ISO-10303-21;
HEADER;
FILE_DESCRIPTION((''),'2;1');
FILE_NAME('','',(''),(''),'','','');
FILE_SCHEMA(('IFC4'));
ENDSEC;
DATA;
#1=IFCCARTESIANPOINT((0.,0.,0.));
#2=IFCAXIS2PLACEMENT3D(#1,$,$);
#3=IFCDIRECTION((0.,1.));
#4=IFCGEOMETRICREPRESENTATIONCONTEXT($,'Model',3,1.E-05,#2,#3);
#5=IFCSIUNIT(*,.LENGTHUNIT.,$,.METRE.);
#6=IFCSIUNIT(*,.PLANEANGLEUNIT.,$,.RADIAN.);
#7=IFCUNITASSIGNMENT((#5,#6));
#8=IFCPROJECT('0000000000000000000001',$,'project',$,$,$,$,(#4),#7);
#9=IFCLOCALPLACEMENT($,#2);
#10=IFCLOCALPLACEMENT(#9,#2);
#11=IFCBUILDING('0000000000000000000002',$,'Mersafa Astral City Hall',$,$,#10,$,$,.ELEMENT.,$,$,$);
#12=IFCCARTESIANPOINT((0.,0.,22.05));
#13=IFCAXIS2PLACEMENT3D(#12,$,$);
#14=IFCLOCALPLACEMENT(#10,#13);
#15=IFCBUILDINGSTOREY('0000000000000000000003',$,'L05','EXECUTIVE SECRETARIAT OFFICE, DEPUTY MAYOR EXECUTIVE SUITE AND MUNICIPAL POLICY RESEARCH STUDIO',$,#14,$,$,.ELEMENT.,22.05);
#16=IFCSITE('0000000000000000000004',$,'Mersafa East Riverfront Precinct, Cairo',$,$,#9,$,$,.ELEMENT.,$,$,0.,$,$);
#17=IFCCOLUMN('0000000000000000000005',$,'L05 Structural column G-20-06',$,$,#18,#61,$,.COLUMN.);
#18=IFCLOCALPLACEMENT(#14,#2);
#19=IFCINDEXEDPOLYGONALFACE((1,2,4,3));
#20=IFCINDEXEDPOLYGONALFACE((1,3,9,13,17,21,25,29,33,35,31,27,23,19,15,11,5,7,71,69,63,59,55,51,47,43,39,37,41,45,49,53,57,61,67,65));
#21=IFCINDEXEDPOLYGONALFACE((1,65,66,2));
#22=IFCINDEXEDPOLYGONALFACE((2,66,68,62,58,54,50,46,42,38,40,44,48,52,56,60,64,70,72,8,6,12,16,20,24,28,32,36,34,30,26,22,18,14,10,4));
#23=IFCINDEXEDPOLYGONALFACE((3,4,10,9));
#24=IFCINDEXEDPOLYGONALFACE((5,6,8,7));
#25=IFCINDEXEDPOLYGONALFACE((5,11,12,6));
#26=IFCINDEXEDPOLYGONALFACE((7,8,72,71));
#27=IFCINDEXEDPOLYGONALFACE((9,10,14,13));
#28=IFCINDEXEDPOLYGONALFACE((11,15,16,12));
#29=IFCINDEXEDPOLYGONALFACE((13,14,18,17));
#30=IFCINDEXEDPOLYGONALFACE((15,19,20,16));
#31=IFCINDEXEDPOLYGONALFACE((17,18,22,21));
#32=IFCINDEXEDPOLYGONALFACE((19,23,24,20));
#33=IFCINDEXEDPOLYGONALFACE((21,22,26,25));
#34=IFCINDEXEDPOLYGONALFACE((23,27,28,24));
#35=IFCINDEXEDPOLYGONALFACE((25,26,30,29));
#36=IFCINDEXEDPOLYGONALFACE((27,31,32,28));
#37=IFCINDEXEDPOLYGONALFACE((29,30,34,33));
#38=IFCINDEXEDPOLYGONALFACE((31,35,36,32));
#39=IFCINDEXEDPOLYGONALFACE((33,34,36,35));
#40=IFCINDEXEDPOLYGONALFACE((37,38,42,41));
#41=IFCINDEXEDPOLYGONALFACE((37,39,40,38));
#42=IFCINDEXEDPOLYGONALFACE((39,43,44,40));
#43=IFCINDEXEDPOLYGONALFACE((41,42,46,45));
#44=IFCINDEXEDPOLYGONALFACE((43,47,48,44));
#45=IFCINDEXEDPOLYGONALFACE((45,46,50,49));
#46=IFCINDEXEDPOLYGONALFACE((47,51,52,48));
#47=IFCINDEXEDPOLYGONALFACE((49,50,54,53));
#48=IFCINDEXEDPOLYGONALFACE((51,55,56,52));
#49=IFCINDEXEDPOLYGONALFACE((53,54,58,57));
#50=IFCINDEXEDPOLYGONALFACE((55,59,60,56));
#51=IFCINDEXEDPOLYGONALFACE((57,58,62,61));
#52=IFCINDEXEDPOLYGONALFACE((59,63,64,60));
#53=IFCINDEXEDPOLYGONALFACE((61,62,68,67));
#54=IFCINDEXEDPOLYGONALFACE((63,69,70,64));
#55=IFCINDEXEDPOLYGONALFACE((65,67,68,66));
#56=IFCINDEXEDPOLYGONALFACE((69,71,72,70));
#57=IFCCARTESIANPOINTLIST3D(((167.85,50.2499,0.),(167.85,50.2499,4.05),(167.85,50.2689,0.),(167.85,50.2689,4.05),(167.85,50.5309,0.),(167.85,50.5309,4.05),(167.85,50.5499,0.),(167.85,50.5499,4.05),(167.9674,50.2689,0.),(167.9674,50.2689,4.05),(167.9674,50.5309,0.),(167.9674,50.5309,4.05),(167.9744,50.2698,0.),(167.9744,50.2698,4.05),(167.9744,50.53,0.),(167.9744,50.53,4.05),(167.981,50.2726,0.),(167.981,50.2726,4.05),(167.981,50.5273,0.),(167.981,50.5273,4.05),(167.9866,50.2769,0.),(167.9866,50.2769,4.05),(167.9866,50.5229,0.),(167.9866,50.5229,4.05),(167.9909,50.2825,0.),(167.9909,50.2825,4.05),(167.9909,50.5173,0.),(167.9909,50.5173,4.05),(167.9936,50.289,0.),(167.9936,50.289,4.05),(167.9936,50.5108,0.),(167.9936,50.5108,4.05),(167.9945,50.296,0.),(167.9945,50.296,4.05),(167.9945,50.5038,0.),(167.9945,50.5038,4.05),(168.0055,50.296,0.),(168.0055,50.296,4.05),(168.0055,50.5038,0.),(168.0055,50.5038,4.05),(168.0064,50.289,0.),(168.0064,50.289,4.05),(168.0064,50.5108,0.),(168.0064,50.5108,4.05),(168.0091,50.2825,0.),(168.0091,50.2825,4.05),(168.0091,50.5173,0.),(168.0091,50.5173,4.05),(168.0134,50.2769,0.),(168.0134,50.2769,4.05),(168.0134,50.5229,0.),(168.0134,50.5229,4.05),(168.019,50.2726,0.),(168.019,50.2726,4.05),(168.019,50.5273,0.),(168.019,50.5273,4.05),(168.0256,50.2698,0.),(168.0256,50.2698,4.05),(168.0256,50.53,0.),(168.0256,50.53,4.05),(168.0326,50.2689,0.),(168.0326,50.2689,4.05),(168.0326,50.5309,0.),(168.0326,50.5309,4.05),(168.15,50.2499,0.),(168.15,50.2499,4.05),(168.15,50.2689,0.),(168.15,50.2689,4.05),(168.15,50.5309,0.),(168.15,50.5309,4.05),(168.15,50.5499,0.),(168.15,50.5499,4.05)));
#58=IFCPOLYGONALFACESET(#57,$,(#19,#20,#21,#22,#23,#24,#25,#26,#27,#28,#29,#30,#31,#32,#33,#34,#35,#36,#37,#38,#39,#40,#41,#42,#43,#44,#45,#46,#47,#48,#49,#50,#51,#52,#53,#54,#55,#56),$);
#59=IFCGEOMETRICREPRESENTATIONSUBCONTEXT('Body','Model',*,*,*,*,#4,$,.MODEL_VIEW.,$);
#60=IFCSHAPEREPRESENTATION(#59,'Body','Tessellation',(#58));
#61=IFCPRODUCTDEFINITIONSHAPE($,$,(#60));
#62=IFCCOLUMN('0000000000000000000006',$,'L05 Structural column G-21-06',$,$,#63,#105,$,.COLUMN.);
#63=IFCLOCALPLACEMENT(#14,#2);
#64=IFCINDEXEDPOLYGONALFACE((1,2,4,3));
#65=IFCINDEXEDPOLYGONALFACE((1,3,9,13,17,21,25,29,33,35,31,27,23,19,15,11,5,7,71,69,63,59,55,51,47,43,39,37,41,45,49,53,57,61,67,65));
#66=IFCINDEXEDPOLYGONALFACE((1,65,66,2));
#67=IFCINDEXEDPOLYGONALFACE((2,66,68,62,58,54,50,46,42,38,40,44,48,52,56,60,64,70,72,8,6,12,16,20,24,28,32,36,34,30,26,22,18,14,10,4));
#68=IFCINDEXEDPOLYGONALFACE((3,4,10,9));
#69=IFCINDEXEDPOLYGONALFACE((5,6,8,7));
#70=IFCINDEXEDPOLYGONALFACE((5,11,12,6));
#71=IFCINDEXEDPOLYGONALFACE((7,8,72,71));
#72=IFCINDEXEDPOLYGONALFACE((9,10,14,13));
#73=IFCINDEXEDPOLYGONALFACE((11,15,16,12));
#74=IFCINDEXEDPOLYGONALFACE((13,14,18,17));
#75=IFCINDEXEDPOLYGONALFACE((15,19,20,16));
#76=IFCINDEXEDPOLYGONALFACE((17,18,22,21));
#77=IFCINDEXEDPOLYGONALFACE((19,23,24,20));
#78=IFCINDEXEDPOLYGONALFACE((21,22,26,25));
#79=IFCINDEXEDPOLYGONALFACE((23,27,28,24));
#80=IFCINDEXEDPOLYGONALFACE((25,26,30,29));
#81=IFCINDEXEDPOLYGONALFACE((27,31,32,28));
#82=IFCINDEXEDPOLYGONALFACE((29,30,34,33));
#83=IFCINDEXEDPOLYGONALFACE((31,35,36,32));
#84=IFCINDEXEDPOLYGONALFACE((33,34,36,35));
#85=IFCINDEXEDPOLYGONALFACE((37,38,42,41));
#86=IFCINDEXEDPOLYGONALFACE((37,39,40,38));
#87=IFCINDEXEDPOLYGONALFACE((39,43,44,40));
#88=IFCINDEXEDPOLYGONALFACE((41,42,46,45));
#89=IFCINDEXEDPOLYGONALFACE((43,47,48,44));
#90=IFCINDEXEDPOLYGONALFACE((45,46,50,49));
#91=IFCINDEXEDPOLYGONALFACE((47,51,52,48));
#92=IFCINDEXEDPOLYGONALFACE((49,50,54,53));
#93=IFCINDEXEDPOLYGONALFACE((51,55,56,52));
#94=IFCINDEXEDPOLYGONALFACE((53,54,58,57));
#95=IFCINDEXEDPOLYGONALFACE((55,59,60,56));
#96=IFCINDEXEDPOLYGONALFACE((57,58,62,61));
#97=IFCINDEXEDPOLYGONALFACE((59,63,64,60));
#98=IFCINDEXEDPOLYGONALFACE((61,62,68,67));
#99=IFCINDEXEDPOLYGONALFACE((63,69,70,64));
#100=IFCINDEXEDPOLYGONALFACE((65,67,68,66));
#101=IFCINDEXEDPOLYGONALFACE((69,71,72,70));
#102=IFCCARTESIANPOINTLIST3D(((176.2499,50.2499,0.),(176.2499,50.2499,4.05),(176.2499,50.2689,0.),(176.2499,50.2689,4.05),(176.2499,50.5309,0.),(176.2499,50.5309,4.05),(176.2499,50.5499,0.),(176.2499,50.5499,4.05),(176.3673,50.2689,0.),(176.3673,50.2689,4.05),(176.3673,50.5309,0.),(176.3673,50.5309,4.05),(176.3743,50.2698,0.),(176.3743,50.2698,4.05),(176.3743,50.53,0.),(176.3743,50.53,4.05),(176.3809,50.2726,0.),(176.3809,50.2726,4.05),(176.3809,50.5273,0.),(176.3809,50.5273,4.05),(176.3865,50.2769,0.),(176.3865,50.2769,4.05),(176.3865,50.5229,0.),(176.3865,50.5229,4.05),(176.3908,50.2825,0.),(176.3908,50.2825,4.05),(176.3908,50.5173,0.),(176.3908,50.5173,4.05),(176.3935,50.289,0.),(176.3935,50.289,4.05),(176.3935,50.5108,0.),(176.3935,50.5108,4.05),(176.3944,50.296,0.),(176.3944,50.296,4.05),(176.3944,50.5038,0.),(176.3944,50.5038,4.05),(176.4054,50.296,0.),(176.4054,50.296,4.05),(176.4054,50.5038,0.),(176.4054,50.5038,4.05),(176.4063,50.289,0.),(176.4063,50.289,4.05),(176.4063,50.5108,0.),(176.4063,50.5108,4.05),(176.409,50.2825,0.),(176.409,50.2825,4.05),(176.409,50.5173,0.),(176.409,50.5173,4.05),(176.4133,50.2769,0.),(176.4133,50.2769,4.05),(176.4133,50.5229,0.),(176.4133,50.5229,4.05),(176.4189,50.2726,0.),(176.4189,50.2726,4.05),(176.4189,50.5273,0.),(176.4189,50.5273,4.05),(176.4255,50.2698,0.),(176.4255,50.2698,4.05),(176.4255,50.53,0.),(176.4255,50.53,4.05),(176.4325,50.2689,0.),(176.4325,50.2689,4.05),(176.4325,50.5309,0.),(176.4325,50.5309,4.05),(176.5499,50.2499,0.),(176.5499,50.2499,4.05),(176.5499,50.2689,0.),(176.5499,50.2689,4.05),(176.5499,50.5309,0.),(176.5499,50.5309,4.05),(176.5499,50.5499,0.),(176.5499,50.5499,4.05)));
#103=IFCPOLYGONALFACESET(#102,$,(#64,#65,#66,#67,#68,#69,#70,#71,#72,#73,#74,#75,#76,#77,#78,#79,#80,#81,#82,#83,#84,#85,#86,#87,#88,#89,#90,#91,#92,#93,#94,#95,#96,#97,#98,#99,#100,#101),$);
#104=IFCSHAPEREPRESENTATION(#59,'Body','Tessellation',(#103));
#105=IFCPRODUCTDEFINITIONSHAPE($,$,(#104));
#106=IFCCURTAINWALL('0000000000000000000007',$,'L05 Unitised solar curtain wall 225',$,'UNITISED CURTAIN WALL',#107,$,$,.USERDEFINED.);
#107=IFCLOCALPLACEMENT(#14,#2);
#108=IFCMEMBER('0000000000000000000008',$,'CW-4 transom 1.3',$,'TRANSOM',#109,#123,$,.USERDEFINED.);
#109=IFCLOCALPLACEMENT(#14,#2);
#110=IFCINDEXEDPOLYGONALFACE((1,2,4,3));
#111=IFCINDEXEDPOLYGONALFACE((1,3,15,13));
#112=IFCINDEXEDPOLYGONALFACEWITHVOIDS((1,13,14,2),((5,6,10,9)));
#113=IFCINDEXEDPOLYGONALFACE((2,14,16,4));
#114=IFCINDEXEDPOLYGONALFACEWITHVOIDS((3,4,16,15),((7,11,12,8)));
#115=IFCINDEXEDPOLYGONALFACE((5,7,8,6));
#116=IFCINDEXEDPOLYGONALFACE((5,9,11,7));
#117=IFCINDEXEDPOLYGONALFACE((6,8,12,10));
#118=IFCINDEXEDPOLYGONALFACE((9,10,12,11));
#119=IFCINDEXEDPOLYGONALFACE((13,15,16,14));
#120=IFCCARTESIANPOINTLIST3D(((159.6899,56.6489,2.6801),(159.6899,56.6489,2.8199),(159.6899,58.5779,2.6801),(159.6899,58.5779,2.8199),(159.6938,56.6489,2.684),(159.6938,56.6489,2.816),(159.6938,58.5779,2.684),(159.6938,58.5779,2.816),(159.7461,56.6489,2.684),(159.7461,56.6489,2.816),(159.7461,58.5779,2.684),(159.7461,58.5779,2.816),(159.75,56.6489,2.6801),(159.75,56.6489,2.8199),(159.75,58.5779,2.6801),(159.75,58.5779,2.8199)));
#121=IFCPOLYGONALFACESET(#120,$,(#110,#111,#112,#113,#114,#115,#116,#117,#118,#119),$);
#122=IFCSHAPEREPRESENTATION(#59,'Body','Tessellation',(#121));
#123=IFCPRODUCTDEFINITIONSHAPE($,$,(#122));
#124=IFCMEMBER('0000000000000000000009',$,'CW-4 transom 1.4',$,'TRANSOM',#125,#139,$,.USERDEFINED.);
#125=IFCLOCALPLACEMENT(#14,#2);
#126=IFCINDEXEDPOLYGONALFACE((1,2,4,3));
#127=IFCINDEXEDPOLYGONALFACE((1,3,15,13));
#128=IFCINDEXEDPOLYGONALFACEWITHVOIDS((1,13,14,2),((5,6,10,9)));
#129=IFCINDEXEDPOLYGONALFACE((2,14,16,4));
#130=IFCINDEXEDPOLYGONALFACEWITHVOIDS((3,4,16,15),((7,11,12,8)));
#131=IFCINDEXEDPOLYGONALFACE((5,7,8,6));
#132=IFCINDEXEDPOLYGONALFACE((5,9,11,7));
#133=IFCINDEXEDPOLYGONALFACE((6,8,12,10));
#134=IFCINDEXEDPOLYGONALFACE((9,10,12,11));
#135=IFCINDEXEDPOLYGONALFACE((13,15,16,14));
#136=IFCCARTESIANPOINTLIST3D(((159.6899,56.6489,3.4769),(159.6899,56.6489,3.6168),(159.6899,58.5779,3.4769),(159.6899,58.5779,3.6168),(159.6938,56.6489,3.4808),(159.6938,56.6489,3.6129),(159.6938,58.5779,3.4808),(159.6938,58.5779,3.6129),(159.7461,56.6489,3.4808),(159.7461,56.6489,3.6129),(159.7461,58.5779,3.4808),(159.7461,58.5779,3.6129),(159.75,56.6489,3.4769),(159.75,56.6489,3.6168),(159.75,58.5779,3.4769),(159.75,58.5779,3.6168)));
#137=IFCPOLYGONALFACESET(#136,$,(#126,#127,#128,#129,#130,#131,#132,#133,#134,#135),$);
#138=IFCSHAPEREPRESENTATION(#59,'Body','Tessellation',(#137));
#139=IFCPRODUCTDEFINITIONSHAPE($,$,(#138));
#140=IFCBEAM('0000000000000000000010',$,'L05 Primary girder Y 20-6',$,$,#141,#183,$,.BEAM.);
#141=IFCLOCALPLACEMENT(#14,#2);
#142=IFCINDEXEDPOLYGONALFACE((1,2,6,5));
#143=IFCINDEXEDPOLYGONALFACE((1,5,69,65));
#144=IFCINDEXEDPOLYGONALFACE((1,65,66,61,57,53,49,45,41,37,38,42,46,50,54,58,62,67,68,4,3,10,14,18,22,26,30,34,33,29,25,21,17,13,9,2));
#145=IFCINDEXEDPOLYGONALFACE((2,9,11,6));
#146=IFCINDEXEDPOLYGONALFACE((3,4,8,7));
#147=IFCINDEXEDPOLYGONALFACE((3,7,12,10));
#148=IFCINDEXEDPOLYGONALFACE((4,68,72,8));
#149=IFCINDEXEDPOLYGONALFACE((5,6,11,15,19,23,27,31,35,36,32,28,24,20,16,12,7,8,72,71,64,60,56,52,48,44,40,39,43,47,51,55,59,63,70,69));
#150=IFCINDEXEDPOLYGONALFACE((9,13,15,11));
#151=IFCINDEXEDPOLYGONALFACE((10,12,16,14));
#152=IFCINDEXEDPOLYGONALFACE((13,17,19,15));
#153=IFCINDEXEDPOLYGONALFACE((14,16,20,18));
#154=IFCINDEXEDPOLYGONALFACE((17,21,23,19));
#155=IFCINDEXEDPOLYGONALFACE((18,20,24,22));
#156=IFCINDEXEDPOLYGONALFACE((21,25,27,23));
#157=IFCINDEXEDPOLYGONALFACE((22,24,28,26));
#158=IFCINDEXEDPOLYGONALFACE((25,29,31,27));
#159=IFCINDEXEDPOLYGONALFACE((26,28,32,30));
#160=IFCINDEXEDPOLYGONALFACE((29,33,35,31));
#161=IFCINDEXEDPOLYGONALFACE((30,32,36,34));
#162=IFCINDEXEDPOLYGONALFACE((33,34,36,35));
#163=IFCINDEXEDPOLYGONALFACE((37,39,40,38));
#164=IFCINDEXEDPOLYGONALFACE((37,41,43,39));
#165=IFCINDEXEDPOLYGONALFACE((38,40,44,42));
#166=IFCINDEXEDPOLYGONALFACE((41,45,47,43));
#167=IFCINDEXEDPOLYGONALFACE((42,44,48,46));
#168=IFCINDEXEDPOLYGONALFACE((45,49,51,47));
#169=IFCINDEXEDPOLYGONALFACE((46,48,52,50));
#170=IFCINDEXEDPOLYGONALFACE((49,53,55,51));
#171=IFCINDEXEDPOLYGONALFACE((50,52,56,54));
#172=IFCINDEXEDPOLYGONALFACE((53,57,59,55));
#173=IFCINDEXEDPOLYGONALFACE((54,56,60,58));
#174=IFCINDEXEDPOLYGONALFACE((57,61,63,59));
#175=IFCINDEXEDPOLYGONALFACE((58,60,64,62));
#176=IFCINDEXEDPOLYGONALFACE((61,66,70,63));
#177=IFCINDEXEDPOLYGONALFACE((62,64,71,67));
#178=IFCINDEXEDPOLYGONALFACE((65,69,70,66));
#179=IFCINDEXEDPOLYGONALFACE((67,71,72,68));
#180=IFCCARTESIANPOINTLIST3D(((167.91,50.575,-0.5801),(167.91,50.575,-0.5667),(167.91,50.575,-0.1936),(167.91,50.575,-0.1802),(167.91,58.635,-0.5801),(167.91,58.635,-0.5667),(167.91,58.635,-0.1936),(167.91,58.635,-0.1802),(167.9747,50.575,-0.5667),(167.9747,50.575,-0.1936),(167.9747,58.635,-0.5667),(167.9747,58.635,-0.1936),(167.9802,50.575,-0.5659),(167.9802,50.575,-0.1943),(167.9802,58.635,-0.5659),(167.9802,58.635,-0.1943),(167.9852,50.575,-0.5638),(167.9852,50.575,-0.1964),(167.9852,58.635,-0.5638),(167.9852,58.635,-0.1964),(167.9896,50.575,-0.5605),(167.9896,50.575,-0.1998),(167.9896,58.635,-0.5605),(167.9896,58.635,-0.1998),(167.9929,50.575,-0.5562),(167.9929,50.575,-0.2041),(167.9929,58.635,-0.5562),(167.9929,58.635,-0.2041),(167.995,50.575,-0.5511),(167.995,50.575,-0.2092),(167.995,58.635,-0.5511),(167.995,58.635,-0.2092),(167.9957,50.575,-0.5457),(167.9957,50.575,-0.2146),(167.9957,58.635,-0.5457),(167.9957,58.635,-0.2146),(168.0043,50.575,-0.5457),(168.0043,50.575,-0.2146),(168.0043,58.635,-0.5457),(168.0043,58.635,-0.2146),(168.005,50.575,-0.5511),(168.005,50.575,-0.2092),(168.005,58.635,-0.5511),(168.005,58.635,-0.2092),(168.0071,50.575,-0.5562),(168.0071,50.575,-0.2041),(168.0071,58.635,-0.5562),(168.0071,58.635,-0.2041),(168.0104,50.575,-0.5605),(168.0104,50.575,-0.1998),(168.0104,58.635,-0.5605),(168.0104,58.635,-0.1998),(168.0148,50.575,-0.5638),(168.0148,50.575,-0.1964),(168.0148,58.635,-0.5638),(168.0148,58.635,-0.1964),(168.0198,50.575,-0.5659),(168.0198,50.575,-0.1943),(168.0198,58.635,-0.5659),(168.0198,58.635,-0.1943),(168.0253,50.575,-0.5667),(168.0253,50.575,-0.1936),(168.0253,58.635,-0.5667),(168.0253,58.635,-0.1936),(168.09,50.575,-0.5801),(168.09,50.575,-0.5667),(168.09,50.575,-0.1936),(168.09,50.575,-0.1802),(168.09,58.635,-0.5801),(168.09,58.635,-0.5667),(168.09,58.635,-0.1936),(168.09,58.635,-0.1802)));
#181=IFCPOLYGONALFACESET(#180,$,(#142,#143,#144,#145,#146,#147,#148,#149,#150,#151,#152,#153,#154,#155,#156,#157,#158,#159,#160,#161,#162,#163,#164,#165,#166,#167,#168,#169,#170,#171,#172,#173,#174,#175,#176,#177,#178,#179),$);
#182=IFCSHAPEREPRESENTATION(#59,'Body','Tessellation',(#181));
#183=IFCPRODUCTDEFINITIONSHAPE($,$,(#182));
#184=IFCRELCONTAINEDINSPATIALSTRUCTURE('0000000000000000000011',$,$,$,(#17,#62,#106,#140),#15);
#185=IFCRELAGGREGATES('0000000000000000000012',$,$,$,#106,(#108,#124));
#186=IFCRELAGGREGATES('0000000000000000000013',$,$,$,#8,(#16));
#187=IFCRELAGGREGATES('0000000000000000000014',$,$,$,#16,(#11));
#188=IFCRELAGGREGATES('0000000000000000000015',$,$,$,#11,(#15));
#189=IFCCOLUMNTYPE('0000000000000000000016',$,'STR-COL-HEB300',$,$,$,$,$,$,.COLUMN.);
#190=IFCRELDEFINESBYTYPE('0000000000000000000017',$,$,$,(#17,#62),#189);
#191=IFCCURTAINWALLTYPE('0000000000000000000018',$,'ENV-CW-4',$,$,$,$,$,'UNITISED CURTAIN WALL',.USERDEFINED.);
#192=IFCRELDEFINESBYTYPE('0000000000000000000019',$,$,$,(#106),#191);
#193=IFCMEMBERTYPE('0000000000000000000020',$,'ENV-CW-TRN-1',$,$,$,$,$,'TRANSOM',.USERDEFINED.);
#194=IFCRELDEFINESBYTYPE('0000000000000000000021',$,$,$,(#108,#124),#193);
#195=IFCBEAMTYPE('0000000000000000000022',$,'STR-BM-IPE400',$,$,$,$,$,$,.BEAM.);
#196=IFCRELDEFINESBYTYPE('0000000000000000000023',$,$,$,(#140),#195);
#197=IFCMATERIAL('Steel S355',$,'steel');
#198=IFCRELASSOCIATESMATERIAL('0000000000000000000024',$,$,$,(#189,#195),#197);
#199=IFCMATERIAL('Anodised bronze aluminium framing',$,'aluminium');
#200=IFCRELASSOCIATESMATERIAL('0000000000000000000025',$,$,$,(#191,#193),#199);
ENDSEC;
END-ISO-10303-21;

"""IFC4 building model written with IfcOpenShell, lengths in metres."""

from ifc_helpers import new_model, si_unit, direction, frame, origin, origin_2d, place, context, subcontext, project, spatial, hollow_rectangle, i_section, extrude, material, material_profile, profile_set, type_object, element, aggregate, save


model = new_model("IFC4")

# Units and contexts
model_context = context("Model", 3, precision=1e-05, world=origin(), true_north=direction((0.0, 1.0)))
body_context = subcontext(model_context, "Body", "Model", "MODEL_VIEW")
ifc_project = project(units=[si_unit("LENGTHUNIT", "METRE"), si_unit("PLANEANGLEUNIT", "RADIAN")], contexts=[model_context])

# Site, building, storey
site_placement = place(None, origin())
site = spatial("IfcSite", under=ifc_project, at=site_placement, Name="Mersafa East Riverfront Precinct, Cairo", CompositionType="ELEMENT", RefElevation=0.0)
building_placement = place(site_placement, origin())
building = spatial("IfcBuilding", under=site, at=building_placement, Name="Mersafa Astral City Hall", CompositionType="ELEMENT")
storey_placement = place(building_placement, frame((0.0, 0.0, 22.05)))
storey = spatial("IfcBuildingStorey", under=building, at=storey_placement, Name="L05", Description="EXECUTIVE SECRETARIAT OFFICE, DEPUTY MAYOR EXECUTIVE SUITE AND MUNICIPAL POLICY RESEARCH STUDIO", CompositionType="ELEMENT", Elevation=22.05)

# Columns
ifc_material_1 = material(Name="Steel S355", Category="steel")
ifc_material_profile_1 = material_profile(ifc_material_1, i_section(OverallWidth=0.3, OverallDepth=0.3, WebThickness=0.011, FlangeThickness=0.019, FilletRadius=0.0271, at=origin_2d()), Name="HEB 300")
ifc_profile_set_1 = profile_set([ifc_material_profile_1], Name="Steel S355")
column_type = type_object("IfcColumnType", Name="STR-COL-HEB300", PredefinedType="COLUMN", material=ifc_profile_set_1)
for number, where, z_axis, x_axis, name in (
    (1, (168.0, 50.3999, 0.0), (0.0, 0.0, 1.0), (1.0, 0.0, 0.0), "L05 Structural column G-20-06"),
    (2, (176.3999, 50.3999, 0.0), (0.0, 0.0, 1.0), (1.0, 0.0, 0.0), "L05 Structural column G-21-06"),
):
    element("IfcColumn", number, at=place(storey_placement, frame(where, z_axis=z_axis, x_axis=x_axis)), inside=storey, type_object=column_type, Name=name, PredefinedType="COLUMN", context=body_context, shape_type="SweptSolid", body=[
        extrude(i_section(OverallWidth=0.3, OverallDepth=0.3, WebThickness=0.011, FlangeThickness=0.019, FilletRadius=0.0271, at=origin_2d()), origin(), (0.0, 0.0, 1.0), 4.05),
    ])

# Curtain wall, members
ifc_material_2 = material(Name="Anodised bronze aluminium framing", Category="aluminium")
curtain_wall_type = type_object("IfcCurtainWallType", Name="ENV-CW-4", ElementType="UNITISED CURTAIN WALL", PredefinedType="USERDEFINED", material=ifc_material_2)
curtain_wall_placement = place(storey_placement, origin())
curtain_wall = element("IfcCurtainWall", 3, at=curtain_wall_placement, inside=storey, type_object=curtain_wall_type, Name="L05 Unitised solar curtain wall 225", ObjectType="UNITISED CURTAIN WALL", PredefinedType="USERDEFINED")
ifc_material_profile_2 = material_profile(ifc_material_2, hollow_rectangle(XDim=0.0601, YDim=0.1399, WallThickness=0.0039, at=origin_2d()), Name="RHS 60x140x4")
ifc_profile_set_2 = profile_set([ifc_material_profile_2], Name="Anodised bronze aluminium framing")
member_type_1 = type_object("IfcMemberType", Name="ENV-CW-TRN-1", ElementType="TRANSOM", PredefinedType="USERDEFINED", material=ifc_profile_set_2)
member_1_placement = place(storey_placement, frame((159.72, 58.5779, 2.75), z_axis=(0.0, -1.0, 0.0), x_axis=(1.0, 0.0, 0.0)))
member_1 = element("IfcMember", 4, at=member_1_placement, type_object=member_type_1, Name="CW-4 transom 1.3", ObjectType="TRANSOM", PredefinedType="USERDEFINED", context=body_context, shape_type="SweptSolid", body=[
    extrude(hollow_rectangle(XDim=0.0601, YDim=0.1399, WallThickness=0.0039, at=origin_2d()), origin(), (0.0, 0.0, 1.0), 1.929),
])
member_2_placement = place(storey_placement, frame((159.72, 58.5779, 3.5469), z_axis=(0.0, -1.0, 0.0), x_axis=(1.0, 0.0, 0.0)))
member_2 = element("IfcMember", 5, at=member_2_placement, type_object=member_type_1, Name="CW-4 transom 1.4", ObjectType="TRANSOM", PredefinedType="USERDEFINED", context=body_context, shape_type="SweptSolid", body=[
    extrude(hollow_rectangle(XDim=0.0601, YDim=0.1399, WallThickness=0.0039, at=origin_2d()), origin(), (0.0, 0.0, 1.0), 1.929),
])
aggregate(curtain_wall, [member_1, member_2])

# Beam
ifc_material_profile_3 = material_profile(ifc_material_1, i_section(OverallWidth=0.1799, OverallDepth=0.3999, WebThickness=0.0085, FlangeThickness=0.0134, FilletRadius=0.021, at=origin_2d()), Name="IPE 400")
ifc_profile_set_3 = profile_set([ifc_material_profile_3], Name="Steel S355")
beam_type_1 = type_object("IfcBeamType", Name="STR-BM-IPE400", PredefinedType="BEAM", material=ifc_profile_set_3)
beam_1_placement = place(storey_placement, frame((168.0, 50.575, -0.3801), z_axis=(0.0, 1.0, 0.0), x_axis=(-1.0, 0.0, 0.0)))
element("IfcBeam", 6, at=beam_1_placement, inside=storey, type_object=beam_type_1, Name="L05 Primary girder Y 20-6", PredefinedType="BEAM", context=body_context, shape_type="SweptSolid", body=[
    extrude(i_section(OverallWidth=0.1799, OverallDepth=0.3999, WebThickness=0.0085, FlangeThickness=0.0134, FilletRadius=0.021, at=origin_2d()), origin(), (0.0, 0.0, 1.0), 8.0601),
])

save(model, "model.ifc")
